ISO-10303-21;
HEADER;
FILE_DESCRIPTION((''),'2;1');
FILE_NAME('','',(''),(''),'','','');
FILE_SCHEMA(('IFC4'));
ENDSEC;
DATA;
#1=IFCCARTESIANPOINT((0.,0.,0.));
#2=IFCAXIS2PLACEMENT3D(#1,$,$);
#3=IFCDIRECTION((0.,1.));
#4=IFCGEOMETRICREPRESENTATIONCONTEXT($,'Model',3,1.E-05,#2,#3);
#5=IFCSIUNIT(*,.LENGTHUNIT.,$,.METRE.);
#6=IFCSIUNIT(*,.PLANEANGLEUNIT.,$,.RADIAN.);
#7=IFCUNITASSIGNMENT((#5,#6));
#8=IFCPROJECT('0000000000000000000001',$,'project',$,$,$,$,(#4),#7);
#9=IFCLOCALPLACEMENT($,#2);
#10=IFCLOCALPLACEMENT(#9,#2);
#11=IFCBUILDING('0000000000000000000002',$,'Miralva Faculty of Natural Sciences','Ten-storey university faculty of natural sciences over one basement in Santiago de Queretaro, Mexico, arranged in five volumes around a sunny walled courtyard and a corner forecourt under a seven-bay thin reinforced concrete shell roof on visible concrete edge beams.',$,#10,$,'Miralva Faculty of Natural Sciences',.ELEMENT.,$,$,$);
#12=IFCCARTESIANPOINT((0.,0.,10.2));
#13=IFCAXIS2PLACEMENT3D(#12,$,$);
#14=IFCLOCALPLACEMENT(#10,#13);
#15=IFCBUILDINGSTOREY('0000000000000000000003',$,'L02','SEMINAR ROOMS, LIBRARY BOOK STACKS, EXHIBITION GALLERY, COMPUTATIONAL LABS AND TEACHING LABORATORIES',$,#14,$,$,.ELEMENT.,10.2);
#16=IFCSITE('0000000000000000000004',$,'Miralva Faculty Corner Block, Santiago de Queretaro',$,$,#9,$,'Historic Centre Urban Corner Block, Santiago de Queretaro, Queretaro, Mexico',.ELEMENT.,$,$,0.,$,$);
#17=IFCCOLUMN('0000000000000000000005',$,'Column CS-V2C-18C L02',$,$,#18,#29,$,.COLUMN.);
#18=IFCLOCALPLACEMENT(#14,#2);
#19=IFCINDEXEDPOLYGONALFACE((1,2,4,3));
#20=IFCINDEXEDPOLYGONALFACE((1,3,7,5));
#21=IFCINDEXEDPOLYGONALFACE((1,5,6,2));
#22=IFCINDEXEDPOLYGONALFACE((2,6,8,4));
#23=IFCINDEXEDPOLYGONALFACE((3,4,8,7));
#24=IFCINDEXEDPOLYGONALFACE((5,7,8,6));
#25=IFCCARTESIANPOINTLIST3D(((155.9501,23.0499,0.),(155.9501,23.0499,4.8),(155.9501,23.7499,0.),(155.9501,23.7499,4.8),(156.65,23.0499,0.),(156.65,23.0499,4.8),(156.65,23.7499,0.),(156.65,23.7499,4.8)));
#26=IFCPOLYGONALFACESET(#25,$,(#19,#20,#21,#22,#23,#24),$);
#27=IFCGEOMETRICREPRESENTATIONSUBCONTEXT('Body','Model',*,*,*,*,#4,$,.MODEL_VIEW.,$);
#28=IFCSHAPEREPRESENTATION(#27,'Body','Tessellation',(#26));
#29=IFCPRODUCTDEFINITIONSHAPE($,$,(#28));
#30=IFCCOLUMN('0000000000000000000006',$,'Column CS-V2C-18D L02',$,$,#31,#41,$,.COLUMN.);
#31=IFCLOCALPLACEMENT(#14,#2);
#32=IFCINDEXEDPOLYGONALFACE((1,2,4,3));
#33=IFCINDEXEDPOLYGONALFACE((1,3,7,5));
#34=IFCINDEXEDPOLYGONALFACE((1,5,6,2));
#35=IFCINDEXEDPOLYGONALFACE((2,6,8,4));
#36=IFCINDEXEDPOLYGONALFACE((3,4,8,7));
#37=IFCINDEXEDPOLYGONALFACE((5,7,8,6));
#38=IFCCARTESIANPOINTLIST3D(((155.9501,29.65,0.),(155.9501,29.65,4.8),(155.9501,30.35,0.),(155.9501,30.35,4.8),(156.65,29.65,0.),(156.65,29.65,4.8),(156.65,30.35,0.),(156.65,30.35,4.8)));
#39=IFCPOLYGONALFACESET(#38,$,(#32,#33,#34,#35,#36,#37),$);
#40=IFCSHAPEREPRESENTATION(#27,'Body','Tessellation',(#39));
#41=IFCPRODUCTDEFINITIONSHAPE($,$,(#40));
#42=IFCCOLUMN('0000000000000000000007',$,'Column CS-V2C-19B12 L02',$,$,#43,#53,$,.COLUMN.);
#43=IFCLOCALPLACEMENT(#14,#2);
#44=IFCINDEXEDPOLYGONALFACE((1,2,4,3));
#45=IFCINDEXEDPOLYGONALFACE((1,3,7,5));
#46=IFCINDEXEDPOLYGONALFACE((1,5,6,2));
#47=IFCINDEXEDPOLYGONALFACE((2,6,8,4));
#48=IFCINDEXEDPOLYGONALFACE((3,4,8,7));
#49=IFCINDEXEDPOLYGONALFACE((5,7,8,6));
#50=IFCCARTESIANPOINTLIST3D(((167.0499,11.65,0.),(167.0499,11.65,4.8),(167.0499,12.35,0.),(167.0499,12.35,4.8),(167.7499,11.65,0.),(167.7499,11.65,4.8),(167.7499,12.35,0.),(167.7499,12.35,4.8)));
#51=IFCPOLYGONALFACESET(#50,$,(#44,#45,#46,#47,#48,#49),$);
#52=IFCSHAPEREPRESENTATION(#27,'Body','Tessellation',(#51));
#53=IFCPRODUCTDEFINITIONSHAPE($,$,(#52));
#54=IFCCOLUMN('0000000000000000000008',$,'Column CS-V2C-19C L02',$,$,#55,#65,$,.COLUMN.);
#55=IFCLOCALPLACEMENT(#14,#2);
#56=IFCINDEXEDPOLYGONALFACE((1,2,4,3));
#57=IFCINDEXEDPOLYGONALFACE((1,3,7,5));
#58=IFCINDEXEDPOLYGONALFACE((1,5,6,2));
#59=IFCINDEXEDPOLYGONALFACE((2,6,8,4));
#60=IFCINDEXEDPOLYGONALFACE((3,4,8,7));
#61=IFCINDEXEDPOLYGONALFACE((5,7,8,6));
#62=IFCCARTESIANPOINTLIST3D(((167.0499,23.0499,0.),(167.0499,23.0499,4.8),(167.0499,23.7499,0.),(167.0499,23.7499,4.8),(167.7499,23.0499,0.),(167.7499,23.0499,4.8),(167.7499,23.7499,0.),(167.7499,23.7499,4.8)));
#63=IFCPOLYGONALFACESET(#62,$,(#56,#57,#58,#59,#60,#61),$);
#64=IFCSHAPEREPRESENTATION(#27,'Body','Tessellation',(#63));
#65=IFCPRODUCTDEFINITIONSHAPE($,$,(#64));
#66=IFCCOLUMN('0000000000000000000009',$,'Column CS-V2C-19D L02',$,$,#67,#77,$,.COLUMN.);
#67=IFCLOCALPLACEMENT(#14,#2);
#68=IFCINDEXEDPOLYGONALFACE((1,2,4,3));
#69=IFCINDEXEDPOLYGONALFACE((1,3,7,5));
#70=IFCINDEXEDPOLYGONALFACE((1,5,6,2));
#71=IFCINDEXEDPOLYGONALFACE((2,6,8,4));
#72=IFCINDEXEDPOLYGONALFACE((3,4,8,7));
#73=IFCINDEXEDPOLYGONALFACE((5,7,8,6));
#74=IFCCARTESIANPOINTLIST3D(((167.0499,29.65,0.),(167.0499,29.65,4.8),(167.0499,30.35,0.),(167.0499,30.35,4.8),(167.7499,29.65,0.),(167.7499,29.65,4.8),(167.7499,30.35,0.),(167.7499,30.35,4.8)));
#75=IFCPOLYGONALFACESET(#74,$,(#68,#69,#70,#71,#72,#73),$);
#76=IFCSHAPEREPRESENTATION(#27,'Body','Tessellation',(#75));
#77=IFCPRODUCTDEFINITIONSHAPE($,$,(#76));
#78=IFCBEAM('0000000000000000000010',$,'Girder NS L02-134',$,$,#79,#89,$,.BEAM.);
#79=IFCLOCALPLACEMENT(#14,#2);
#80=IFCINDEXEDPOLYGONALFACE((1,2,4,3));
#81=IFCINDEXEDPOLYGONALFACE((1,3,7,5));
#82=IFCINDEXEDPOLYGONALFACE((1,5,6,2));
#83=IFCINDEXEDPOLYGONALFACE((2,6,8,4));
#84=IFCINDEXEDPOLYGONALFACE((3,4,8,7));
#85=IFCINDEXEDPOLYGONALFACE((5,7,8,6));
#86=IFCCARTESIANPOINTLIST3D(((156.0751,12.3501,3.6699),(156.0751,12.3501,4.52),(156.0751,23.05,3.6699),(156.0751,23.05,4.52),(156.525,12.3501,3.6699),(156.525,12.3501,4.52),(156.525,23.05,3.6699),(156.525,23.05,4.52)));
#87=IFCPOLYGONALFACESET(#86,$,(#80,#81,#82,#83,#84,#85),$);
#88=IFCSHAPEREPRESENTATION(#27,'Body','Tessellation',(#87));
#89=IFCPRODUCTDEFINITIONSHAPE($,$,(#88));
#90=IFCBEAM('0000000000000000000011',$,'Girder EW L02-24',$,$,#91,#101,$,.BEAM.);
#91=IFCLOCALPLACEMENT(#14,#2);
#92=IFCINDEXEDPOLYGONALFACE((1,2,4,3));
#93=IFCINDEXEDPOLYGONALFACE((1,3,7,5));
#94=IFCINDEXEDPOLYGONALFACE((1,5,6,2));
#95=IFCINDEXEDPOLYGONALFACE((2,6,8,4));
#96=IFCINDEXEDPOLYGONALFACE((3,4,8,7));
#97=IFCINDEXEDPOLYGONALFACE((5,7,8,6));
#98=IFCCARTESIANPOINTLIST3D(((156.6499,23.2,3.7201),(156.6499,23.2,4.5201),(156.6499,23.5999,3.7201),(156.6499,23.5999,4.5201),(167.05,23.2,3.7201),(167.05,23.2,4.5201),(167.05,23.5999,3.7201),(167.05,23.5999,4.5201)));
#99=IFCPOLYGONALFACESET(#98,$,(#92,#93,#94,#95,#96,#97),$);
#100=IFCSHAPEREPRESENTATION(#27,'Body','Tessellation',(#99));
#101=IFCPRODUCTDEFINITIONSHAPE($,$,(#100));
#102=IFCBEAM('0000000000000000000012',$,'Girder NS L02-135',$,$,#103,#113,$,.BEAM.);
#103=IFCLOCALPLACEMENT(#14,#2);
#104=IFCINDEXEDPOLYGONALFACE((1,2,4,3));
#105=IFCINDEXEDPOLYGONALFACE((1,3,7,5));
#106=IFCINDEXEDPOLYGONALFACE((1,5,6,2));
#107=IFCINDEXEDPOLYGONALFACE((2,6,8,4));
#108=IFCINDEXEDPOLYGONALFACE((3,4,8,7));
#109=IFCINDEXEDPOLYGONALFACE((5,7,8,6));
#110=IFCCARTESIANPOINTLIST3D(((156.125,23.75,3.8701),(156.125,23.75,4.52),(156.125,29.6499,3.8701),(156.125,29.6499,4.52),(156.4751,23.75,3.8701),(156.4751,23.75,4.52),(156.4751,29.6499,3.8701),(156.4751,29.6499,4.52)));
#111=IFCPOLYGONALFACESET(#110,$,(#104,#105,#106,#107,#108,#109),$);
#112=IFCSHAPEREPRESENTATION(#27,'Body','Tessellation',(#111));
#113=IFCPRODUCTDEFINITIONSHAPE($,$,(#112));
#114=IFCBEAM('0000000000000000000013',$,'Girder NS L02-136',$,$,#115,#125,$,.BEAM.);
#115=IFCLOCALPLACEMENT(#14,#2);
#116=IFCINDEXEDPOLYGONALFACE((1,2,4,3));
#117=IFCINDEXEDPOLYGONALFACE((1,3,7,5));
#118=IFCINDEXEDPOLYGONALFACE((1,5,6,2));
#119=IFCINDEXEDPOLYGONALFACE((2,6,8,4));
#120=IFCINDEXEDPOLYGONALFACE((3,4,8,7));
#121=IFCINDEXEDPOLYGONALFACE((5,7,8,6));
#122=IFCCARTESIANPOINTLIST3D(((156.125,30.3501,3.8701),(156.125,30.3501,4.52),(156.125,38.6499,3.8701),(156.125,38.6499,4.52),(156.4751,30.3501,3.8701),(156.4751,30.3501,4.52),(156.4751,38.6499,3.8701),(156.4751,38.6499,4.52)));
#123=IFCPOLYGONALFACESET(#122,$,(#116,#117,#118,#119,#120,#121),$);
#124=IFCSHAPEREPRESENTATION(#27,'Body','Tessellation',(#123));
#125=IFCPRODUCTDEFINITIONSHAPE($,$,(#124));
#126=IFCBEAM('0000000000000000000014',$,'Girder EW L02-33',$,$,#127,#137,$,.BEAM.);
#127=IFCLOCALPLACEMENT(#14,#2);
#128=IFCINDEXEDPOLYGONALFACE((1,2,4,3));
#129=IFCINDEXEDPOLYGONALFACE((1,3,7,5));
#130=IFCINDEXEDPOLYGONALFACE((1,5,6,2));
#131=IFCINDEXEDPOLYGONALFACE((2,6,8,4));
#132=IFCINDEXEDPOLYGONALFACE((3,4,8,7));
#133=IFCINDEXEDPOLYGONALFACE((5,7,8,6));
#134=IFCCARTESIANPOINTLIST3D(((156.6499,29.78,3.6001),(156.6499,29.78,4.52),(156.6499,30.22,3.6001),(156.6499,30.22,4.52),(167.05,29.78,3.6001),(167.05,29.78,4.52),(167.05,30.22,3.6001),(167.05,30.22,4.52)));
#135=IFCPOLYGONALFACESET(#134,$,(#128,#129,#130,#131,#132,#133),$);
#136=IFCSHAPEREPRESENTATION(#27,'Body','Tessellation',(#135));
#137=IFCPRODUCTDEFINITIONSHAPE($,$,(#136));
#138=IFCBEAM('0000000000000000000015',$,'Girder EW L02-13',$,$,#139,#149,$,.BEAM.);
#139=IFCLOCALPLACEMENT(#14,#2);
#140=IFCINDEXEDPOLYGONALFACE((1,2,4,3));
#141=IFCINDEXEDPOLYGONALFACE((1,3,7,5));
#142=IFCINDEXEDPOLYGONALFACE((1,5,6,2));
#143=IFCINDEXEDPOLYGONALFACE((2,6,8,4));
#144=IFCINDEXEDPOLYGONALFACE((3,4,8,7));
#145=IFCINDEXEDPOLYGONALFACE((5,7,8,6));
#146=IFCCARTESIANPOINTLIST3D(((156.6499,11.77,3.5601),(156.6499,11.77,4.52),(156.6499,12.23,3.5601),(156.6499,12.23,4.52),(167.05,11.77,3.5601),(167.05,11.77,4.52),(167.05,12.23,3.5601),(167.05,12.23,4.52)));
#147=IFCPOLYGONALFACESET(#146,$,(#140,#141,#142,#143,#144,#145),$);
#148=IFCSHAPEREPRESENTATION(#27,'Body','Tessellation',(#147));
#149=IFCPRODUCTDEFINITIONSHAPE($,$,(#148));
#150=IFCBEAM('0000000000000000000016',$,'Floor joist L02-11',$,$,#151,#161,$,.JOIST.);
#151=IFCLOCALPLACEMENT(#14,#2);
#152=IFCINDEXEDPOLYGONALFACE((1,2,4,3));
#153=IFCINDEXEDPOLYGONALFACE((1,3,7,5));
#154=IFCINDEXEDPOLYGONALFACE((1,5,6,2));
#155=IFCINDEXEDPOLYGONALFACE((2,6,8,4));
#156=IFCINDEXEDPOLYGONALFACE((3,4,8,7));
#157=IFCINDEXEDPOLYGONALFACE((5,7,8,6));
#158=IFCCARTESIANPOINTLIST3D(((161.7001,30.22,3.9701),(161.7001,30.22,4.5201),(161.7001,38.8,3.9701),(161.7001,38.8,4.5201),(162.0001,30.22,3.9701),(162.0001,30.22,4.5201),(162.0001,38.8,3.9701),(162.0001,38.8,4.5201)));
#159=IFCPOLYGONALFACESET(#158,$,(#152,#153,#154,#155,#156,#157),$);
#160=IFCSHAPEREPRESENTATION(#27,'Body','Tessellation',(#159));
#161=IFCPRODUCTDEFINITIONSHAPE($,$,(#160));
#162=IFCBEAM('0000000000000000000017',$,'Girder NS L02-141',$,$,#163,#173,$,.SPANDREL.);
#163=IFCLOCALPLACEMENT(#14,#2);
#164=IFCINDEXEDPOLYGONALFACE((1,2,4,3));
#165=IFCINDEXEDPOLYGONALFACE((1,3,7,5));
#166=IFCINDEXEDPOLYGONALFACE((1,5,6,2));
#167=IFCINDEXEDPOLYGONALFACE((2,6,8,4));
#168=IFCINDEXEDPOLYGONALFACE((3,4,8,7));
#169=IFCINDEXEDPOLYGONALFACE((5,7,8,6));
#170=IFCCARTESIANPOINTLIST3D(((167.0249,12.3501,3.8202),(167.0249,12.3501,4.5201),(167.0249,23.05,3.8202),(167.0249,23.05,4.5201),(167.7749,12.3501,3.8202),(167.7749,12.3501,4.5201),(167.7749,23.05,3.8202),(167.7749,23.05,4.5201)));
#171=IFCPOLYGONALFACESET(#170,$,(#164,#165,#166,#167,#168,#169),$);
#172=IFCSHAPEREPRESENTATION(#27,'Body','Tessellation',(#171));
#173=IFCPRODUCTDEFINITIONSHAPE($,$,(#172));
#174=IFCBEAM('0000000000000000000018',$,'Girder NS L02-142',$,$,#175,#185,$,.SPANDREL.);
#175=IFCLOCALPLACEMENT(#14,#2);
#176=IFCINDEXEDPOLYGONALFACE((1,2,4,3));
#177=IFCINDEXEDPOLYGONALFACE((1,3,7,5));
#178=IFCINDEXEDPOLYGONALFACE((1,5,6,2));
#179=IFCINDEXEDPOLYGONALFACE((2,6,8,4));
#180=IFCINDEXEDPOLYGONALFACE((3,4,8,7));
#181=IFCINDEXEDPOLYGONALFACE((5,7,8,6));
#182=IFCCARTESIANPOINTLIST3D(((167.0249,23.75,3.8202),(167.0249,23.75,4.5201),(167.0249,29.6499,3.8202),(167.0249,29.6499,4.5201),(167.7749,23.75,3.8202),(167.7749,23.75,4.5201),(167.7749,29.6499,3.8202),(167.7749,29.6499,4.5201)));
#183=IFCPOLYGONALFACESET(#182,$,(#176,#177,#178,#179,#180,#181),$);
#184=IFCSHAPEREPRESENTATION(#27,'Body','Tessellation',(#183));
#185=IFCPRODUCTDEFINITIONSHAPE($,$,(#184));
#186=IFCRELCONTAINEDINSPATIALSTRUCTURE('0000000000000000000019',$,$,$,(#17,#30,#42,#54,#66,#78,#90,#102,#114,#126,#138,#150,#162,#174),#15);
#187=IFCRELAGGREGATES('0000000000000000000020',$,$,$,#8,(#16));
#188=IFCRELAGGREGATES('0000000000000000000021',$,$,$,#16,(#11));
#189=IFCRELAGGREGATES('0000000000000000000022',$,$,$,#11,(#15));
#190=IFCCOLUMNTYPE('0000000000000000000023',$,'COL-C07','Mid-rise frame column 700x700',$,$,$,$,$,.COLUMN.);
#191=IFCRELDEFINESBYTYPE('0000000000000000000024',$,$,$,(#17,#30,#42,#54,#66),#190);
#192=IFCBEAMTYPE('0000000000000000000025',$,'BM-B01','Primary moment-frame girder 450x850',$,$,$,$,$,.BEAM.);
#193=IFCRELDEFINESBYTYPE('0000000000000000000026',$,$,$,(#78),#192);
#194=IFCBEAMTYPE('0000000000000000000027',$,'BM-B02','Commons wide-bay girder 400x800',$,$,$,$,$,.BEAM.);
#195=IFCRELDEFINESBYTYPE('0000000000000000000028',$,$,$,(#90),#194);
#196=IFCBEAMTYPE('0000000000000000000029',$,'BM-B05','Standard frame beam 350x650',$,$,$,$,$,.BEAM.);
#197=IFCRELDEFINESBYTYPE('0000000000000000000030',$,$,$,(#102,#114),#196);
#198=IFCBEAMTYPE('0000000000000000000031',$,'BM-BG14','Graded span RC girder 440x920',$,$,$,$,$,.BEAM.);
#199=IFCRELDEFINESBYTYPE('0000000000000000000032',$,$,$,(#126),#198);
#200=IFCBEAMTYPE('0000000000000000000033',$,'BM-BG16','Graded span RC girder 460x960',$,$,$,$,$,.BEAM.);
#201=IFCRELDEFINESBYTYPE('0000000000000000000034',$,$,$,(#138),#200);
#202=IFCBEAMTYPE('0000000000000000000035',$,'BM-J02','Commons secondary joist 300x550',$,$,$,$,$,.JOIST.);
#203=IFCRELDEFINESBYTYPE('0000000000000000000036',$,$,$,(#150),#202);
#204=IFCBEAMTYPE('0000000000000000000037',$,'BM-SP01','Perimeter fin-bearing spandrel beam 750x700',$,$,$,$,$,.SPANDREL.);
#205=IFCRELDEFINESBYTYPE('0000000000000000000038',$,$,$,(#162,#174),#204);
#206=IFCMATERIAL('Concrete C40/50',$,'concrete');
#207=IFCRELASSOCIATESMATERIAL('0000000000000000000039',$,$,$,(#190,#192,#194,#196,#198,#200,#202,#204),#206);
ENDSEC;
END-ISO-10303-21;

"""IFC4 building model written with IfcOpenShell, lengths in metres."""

from ifc_helpers import new_model, si_unit, direction, frame, origin, origin_2d, place, context, subcontext, project, spatial, rectangle, extrude, material, material_profile, profile_set, type_object, element, save


model = new_model("IFC4")

# Units and contexts
model_context = context("Model", 3, precision=1e-05, world=origin(), true_north=direction((0.0, 1.0)))
body_context = subcontext(model_context, "Body", "Model", "MODEL_VIEW")
ifc_project = project(units=[si_unit("LENGTHUNIT", "METRE"), si_unit("PLANEANGLEUNIT", "RADIAN")], contexts=[model_context])

# Site, building, storey
site_placement = place(None, origin())
site = spatial("IfcSite", under=ifc_project, at=site_placement, Name="Miralva Faculty Corner Block, Santiago de Queretaro", LongName="Historic Centre Urban Corner Block, Santiago de Queretaro, Queretaro, Mexico", CompositionType="ELEMENT", RefElevation=0.0)
building_placement = place(site_placement, origin())
building = spatial("IfcBuilding", under=site, at=building_placement, Name="Miralva Faculty of Natural Sciences", Description="Ten-storey university faculty of natural sciences over one basement in Santiago de Queretaro, Mexico, arranged in five volumes around a sunny walled courtyard and a corner forecourt under a seven-bay thin reinforced concrete shell roof on visible concrete edge beams.", LongName="Miralva Faculty of Natural Sciences", CompositionType="ELEMENT")
storey_placement = place(building_placement, frame((0.0, 0.0, 10.2)))
storey = spatial("IfcBuildingStorey", under=building, at=storey_placement, Name="L02", Description="SEMINAR ROOMS, LIBRARY BOOK STACKS, EXHIBITION GALLERY, COMPUTATIONAL LABS AND TEACHING LABORATORIES", CompositionType="ELEMENT", Elevation=10.2)

# Columns
ifc_material_1 = material(Name="Concrete C40/50", Category="concrete")
ifc_material_profile_1 = material_profile(ifc_material_1, rectangle(XDim=0.7, YDim=0.7, at=origin_2d()), Name="RC 700x700")
ifc_profile_set_1 = profile_set([ifc_material_profile_1], Name="Concrete C40/50")
column_type = type_object("IfcColumnType", Name="COL-C07", Description="Mid-rise frame column 700x700", PredefinedType="COLUMN", material=ifc_profile_set_1)
for number, where, z_axis, x_axis, name in (
    (1, (156.3, 23.3999, 0.0), (0.0, 0.0, 1.0), (1.0, 0.0, 0.0), "Column CS-V2C-18C L02"),
    (2, (156.3, 30.0, 0.0), (0.0, 0.0, 1.0), (1.0, 0.0, 0.0), "Column CS-V2C-18D L02"),
    (3, (167.3999, 12.0, 0.0), (0.0, 0.0, 1.0), (1.0, 0.0, 0.0), "Column CS-V2C-19B12 L02"),
    (4, (167.3999, 23.3999, 0.0), (0.0, 0.0, 1.0), (1.0, 0.0, 0.0), "Column CS-V2C-19C L02"),
    (5, (167.3999, 30.0, 0.0), (0.0, 0.0, 1.0), (1.0, 0.0, 0.0), "Column CS-V2C-19D L02"),
):
    element("IfcColumn", number, at=place(storey_placement, frame(where, z_axis=z_axis, x_axis=x_axis)), inside=storey, type_object=column_type, Name=name, PredefinedType="COLUMN", context=body_context, shape_type="SweptSolid", body=[
        extrude(rectangle(XDim=0.7, YDim=0.7, at=origin_2d()), origin(), (0.0, 0.0, 1.0), 4.8),
    ])

# Beams
ifc_material_profile_2 = material_profile(ifc_material_1, rectangle(XDim=0.45, YDim=0.8501, at=origin_2d()), Name="RC 450x850")
ifc_profile_set_2 = profile_set([ifc_material_profile_2], Name="Concrete C40/50")
beam_type_1 = type_object("IfcBeamType", Name="BM-B01", Description="Primary moment-frame girder 450x850", PredefinedType="BEAM", material=ifc_profile_set_2)
beam_1_placement = place(storey_placement, frame((156.3, 12.3501, 4.095), z_axis=(0.0, 1.0, 0.0), x_axis=(-1.0, 0.0, 0.0)))
element("IfcBeam", 6, at=beam_1_placement, inside=storey, type_object=beam_type_1, Name="Girder NS L02-134", PredefinedType="BEAM", context=body_context, shape_type="SweptSolid", body=[
    extrude(rectangle(XDim=0.45, YDim=0.8501, at=origin_2d()), origin(), (0.0, 0.0, 1.0), 10.7),
])
ifc_material_profile_3 = material_profile(ifc_material_1, rectangle(XDim=0.3999, YDim=0.8, at=origin_2d()), Name="RC 400x800")
ifc_profile_set_3 = profile_set([ifc_material_profile_3], Name="Concrete C40/50")
beam_type_2 = type_object("IfcBeamType", Name="BM-B02", Description="Commons wide-bay girder 400x800", PredefinedType="BEAM", material=ifc_profile_set_3)
beam_2_placement = place(storey_placement, frame((156.6499, 23.3999, 4.1201), z_axis=(1.0, 0.0, 0.0), x_axis=(0.0, 1.0, 0.0)))
element("IfcBeam", 7, at=beam_2_placement, inside=storey, type_object=beam_type_2, Name="Girder EW L02-24", PredefinedType="BEAM", context=body_context, shape_type="SweptSolid", body=[
    extrude(rectangle(XDim=0.3999, YDim=0.8, at=origin_2d()), origin(), (0.0, 0.0, 1.0), 10.4001),
])
ifc_material_profile_4 = material_profile(ifc_material_1, rectangle(XDim=0.3501, YDim=0.6499, at=origin_2d()), Name="RC 350x650")
ifc_profile_set_4 = profile_set([ifc_material_profile_4], Name="Concrete C40/50")
beam_type_3 = type_object("IfcBeamType", Name="BM-B05", Description="Standard frame beam 350x650", PredefinedType="BEAM", material=ifc_profile_set_4)
beam_3_placement = place(storey_placement, frame((156.3, 23.75, 4.1951), z_axis=(0.0, 1.0, 0.0), x_axis=(-1.0, 0.0, 0.0)))
element("IfcBeam", 8, at=beam_3_placement, inside=storey, type_object=beam_type_3, Name="Girder NS L02-135", PredefinedType="BEAM", context=body_context, shape_type="SweptSolid", body=[
    extrude(rectangle(XDim=0.3501, YDim=0.6499, at=origin_2d()), origin(), (0.0, 0.0, 1.0), 5.8999),
])
beam_4_placement = place(storey_placement, frame((156.3, 30.3501, 4.1951), z_axis=(0.0, 1.0, 0.0), x_axis=(-1.0, 0.0, 0.0)))
element("IfcBeam", 9, at=beam_4_placement, inside=storey, type_object=beam_type_3, Name="Girder NS L02-136", PredefinedType="BEAM", context=body_context, shape_type="SweptSolid", body=[
    extrude(rectangle(XDim=0.3501, YDim=0.6499, at=origin_2d()), origin(), (0.0, 0.0, 1.0), 8.2998),
])
ifc_material_profile_5 = material_profile(ifc_material_1, rectangle(XDim=0.4399, YDim=0.9199, at=origin_2d()), Name="RC 440x920")
ifc_profile_set_5 = profile_set([ifc_material_profile_5], Name="Concrete C40/50")
beam_type_4 = type_object("IfcBeamType", Name="BM-BG14", Description="Graded span RC girder 440x920", PredefinedType="BEAM", material=ifc_profile_set_5)
beam_5_placement = place(storey_placement, frame((156.6499, 30.0, 4.0601), z_axis=(1.0, 0.0, 0.0), x_axis=(0.0, 1.0, 0.0)))
element("IfcBeam", 10, at=beam_5_placement, inside=storey, type_object=beam_type_4, Name="Girder EW L02-33", PredefinedType="BEAM", context=body_context, shape_type="SweptSolid", body=[
    extrude(rectangle(XDim=0.4399, YDim=0.9199, at=origin_2d()), origin(), (0.0, 0.0, 1.0), 10.4001),
])
ifc_material_profile_6 = material_profile(ifc_material_1, rectangle(XDim=0.46, YDim=0.96, at=origin_2d()), Name="RC 460x960")
ifc_profile_set_6 = profile_set([ifc_material_profile_6], Name="Concrete C40/50")
beam_type_5 = type_object("IfcBeamType", Name="BM-BG16", Description="Graded span RC girder 460x960", PredefinedType="BEAM", material=ifc_profile_set_6)
beam_6_placement = place(storey_placement, frame((156.6499, 12.0, 4.04), z_axis=(1.0, 0.0, 0.0), x_axis=(0.0, 1.0, 0.0)))
element("IfcBeam", 11, at=beam_6_placement, inside=storey, type_object=beam_type_5, Name="Girder EW L02-13", PredefinedType="BEAM", context=body_context, shape_type="SweptSolid", body=[
    extrude(rectangle(XDim=0.46, YDim=0.96, at=origin_2d()), origin(), (0.0, 0.0, 1.0), 10.4001),
])
ifc_material_profile_7 = material_profile(ifc_material_1, rectangle(XDim=0.3, YDim=0.55, at=origin_2d()), Name="RC 300x550")
ifc_profile_set_7 = profile_set([ifc_material_profile_7], Name="Concrete C40/50")
beam_type_6 = type_object("IfcBeamType", Name="BM-J02", Description="Commons secondary joist 300x550", PredefinedType="JOIST", material=ifc_profile_set_7)
beam_7_placement = place(storey_placement, frame((161.8501, 30.22, 4.2451), z_axis=(0.0, 1.0, 0.0), x_axis=(-1.0, 0.0, 0.0)))
element("IfcBeam", 12, at=beam_7_placement, inside=storey, type_object=beam_type_6, Name="Floor joist L02-11", PredefinedType="JOIST", context=body_context, shape_type="SweptSolid", body=[
    extrude(rectangle(XDim=0.3, YDim=0.55, at=origin_2d()), origin(), (0.0, 0.0, 1.0), 8.5801),
])
ifc_material_profile_8 = material_profile(ifc_material_1, rectangle(XDim=0.75, YDim=0.7, at=origin_2d()), Name="RC 750x700")
ifc_profile_set_8 = profile_set([ifc_material_profile_8], Name="Concrete C40/50")
beam_type_7 = type_object("IfcBeamType", Name="BM-SP01", Description="Perimeter fin-bearing spandrel beam 750x700", PredefinedType="SPANDREL", material=ifc_profile_set_8)
beam_8_placement = place(storey_placement, frame((167.3999, 12.3501, 4.1702), z_axis=(0.0, 1.0, 0.0), x_axis=(-1.0, 0.0, 0.0)))
element("IfcBeam", 13, at=beam_8_placement, inside=storey, type_object=beam_type_7, Name="Girder NS L02-141", PredefinedType="SPANDREL", context=body_context, shape_type="SweptSolid", body=[
    extrude(rectangle(XDim=0.75, YDim=0.7, at=origin_2d()), origin(), (0.0, 0.0, 1.0), 10.7),
])
beam_9_placement = place(storey_placement, frame((167.3999, 23.75, 4.1702), z_axis=(0.0, 1.0, 0.0), x_axis=(-1.0, 0.0, 0.0)))
element("IfcBeam", 14, at=beam_9_placement, inside=storey, type_object=beam_type_7, Name="Girder NS L02-142", PredefinedType="SPANDREL", context=body_context, shape_type="SweptSolid", body=[
    extrude(rectangle(XDim=0.75, YDim=0.7, at=origin_2d()), origin(), (0.0, 0.0, 1.0), 5.8999),
])

save(model, "model.ifc")
